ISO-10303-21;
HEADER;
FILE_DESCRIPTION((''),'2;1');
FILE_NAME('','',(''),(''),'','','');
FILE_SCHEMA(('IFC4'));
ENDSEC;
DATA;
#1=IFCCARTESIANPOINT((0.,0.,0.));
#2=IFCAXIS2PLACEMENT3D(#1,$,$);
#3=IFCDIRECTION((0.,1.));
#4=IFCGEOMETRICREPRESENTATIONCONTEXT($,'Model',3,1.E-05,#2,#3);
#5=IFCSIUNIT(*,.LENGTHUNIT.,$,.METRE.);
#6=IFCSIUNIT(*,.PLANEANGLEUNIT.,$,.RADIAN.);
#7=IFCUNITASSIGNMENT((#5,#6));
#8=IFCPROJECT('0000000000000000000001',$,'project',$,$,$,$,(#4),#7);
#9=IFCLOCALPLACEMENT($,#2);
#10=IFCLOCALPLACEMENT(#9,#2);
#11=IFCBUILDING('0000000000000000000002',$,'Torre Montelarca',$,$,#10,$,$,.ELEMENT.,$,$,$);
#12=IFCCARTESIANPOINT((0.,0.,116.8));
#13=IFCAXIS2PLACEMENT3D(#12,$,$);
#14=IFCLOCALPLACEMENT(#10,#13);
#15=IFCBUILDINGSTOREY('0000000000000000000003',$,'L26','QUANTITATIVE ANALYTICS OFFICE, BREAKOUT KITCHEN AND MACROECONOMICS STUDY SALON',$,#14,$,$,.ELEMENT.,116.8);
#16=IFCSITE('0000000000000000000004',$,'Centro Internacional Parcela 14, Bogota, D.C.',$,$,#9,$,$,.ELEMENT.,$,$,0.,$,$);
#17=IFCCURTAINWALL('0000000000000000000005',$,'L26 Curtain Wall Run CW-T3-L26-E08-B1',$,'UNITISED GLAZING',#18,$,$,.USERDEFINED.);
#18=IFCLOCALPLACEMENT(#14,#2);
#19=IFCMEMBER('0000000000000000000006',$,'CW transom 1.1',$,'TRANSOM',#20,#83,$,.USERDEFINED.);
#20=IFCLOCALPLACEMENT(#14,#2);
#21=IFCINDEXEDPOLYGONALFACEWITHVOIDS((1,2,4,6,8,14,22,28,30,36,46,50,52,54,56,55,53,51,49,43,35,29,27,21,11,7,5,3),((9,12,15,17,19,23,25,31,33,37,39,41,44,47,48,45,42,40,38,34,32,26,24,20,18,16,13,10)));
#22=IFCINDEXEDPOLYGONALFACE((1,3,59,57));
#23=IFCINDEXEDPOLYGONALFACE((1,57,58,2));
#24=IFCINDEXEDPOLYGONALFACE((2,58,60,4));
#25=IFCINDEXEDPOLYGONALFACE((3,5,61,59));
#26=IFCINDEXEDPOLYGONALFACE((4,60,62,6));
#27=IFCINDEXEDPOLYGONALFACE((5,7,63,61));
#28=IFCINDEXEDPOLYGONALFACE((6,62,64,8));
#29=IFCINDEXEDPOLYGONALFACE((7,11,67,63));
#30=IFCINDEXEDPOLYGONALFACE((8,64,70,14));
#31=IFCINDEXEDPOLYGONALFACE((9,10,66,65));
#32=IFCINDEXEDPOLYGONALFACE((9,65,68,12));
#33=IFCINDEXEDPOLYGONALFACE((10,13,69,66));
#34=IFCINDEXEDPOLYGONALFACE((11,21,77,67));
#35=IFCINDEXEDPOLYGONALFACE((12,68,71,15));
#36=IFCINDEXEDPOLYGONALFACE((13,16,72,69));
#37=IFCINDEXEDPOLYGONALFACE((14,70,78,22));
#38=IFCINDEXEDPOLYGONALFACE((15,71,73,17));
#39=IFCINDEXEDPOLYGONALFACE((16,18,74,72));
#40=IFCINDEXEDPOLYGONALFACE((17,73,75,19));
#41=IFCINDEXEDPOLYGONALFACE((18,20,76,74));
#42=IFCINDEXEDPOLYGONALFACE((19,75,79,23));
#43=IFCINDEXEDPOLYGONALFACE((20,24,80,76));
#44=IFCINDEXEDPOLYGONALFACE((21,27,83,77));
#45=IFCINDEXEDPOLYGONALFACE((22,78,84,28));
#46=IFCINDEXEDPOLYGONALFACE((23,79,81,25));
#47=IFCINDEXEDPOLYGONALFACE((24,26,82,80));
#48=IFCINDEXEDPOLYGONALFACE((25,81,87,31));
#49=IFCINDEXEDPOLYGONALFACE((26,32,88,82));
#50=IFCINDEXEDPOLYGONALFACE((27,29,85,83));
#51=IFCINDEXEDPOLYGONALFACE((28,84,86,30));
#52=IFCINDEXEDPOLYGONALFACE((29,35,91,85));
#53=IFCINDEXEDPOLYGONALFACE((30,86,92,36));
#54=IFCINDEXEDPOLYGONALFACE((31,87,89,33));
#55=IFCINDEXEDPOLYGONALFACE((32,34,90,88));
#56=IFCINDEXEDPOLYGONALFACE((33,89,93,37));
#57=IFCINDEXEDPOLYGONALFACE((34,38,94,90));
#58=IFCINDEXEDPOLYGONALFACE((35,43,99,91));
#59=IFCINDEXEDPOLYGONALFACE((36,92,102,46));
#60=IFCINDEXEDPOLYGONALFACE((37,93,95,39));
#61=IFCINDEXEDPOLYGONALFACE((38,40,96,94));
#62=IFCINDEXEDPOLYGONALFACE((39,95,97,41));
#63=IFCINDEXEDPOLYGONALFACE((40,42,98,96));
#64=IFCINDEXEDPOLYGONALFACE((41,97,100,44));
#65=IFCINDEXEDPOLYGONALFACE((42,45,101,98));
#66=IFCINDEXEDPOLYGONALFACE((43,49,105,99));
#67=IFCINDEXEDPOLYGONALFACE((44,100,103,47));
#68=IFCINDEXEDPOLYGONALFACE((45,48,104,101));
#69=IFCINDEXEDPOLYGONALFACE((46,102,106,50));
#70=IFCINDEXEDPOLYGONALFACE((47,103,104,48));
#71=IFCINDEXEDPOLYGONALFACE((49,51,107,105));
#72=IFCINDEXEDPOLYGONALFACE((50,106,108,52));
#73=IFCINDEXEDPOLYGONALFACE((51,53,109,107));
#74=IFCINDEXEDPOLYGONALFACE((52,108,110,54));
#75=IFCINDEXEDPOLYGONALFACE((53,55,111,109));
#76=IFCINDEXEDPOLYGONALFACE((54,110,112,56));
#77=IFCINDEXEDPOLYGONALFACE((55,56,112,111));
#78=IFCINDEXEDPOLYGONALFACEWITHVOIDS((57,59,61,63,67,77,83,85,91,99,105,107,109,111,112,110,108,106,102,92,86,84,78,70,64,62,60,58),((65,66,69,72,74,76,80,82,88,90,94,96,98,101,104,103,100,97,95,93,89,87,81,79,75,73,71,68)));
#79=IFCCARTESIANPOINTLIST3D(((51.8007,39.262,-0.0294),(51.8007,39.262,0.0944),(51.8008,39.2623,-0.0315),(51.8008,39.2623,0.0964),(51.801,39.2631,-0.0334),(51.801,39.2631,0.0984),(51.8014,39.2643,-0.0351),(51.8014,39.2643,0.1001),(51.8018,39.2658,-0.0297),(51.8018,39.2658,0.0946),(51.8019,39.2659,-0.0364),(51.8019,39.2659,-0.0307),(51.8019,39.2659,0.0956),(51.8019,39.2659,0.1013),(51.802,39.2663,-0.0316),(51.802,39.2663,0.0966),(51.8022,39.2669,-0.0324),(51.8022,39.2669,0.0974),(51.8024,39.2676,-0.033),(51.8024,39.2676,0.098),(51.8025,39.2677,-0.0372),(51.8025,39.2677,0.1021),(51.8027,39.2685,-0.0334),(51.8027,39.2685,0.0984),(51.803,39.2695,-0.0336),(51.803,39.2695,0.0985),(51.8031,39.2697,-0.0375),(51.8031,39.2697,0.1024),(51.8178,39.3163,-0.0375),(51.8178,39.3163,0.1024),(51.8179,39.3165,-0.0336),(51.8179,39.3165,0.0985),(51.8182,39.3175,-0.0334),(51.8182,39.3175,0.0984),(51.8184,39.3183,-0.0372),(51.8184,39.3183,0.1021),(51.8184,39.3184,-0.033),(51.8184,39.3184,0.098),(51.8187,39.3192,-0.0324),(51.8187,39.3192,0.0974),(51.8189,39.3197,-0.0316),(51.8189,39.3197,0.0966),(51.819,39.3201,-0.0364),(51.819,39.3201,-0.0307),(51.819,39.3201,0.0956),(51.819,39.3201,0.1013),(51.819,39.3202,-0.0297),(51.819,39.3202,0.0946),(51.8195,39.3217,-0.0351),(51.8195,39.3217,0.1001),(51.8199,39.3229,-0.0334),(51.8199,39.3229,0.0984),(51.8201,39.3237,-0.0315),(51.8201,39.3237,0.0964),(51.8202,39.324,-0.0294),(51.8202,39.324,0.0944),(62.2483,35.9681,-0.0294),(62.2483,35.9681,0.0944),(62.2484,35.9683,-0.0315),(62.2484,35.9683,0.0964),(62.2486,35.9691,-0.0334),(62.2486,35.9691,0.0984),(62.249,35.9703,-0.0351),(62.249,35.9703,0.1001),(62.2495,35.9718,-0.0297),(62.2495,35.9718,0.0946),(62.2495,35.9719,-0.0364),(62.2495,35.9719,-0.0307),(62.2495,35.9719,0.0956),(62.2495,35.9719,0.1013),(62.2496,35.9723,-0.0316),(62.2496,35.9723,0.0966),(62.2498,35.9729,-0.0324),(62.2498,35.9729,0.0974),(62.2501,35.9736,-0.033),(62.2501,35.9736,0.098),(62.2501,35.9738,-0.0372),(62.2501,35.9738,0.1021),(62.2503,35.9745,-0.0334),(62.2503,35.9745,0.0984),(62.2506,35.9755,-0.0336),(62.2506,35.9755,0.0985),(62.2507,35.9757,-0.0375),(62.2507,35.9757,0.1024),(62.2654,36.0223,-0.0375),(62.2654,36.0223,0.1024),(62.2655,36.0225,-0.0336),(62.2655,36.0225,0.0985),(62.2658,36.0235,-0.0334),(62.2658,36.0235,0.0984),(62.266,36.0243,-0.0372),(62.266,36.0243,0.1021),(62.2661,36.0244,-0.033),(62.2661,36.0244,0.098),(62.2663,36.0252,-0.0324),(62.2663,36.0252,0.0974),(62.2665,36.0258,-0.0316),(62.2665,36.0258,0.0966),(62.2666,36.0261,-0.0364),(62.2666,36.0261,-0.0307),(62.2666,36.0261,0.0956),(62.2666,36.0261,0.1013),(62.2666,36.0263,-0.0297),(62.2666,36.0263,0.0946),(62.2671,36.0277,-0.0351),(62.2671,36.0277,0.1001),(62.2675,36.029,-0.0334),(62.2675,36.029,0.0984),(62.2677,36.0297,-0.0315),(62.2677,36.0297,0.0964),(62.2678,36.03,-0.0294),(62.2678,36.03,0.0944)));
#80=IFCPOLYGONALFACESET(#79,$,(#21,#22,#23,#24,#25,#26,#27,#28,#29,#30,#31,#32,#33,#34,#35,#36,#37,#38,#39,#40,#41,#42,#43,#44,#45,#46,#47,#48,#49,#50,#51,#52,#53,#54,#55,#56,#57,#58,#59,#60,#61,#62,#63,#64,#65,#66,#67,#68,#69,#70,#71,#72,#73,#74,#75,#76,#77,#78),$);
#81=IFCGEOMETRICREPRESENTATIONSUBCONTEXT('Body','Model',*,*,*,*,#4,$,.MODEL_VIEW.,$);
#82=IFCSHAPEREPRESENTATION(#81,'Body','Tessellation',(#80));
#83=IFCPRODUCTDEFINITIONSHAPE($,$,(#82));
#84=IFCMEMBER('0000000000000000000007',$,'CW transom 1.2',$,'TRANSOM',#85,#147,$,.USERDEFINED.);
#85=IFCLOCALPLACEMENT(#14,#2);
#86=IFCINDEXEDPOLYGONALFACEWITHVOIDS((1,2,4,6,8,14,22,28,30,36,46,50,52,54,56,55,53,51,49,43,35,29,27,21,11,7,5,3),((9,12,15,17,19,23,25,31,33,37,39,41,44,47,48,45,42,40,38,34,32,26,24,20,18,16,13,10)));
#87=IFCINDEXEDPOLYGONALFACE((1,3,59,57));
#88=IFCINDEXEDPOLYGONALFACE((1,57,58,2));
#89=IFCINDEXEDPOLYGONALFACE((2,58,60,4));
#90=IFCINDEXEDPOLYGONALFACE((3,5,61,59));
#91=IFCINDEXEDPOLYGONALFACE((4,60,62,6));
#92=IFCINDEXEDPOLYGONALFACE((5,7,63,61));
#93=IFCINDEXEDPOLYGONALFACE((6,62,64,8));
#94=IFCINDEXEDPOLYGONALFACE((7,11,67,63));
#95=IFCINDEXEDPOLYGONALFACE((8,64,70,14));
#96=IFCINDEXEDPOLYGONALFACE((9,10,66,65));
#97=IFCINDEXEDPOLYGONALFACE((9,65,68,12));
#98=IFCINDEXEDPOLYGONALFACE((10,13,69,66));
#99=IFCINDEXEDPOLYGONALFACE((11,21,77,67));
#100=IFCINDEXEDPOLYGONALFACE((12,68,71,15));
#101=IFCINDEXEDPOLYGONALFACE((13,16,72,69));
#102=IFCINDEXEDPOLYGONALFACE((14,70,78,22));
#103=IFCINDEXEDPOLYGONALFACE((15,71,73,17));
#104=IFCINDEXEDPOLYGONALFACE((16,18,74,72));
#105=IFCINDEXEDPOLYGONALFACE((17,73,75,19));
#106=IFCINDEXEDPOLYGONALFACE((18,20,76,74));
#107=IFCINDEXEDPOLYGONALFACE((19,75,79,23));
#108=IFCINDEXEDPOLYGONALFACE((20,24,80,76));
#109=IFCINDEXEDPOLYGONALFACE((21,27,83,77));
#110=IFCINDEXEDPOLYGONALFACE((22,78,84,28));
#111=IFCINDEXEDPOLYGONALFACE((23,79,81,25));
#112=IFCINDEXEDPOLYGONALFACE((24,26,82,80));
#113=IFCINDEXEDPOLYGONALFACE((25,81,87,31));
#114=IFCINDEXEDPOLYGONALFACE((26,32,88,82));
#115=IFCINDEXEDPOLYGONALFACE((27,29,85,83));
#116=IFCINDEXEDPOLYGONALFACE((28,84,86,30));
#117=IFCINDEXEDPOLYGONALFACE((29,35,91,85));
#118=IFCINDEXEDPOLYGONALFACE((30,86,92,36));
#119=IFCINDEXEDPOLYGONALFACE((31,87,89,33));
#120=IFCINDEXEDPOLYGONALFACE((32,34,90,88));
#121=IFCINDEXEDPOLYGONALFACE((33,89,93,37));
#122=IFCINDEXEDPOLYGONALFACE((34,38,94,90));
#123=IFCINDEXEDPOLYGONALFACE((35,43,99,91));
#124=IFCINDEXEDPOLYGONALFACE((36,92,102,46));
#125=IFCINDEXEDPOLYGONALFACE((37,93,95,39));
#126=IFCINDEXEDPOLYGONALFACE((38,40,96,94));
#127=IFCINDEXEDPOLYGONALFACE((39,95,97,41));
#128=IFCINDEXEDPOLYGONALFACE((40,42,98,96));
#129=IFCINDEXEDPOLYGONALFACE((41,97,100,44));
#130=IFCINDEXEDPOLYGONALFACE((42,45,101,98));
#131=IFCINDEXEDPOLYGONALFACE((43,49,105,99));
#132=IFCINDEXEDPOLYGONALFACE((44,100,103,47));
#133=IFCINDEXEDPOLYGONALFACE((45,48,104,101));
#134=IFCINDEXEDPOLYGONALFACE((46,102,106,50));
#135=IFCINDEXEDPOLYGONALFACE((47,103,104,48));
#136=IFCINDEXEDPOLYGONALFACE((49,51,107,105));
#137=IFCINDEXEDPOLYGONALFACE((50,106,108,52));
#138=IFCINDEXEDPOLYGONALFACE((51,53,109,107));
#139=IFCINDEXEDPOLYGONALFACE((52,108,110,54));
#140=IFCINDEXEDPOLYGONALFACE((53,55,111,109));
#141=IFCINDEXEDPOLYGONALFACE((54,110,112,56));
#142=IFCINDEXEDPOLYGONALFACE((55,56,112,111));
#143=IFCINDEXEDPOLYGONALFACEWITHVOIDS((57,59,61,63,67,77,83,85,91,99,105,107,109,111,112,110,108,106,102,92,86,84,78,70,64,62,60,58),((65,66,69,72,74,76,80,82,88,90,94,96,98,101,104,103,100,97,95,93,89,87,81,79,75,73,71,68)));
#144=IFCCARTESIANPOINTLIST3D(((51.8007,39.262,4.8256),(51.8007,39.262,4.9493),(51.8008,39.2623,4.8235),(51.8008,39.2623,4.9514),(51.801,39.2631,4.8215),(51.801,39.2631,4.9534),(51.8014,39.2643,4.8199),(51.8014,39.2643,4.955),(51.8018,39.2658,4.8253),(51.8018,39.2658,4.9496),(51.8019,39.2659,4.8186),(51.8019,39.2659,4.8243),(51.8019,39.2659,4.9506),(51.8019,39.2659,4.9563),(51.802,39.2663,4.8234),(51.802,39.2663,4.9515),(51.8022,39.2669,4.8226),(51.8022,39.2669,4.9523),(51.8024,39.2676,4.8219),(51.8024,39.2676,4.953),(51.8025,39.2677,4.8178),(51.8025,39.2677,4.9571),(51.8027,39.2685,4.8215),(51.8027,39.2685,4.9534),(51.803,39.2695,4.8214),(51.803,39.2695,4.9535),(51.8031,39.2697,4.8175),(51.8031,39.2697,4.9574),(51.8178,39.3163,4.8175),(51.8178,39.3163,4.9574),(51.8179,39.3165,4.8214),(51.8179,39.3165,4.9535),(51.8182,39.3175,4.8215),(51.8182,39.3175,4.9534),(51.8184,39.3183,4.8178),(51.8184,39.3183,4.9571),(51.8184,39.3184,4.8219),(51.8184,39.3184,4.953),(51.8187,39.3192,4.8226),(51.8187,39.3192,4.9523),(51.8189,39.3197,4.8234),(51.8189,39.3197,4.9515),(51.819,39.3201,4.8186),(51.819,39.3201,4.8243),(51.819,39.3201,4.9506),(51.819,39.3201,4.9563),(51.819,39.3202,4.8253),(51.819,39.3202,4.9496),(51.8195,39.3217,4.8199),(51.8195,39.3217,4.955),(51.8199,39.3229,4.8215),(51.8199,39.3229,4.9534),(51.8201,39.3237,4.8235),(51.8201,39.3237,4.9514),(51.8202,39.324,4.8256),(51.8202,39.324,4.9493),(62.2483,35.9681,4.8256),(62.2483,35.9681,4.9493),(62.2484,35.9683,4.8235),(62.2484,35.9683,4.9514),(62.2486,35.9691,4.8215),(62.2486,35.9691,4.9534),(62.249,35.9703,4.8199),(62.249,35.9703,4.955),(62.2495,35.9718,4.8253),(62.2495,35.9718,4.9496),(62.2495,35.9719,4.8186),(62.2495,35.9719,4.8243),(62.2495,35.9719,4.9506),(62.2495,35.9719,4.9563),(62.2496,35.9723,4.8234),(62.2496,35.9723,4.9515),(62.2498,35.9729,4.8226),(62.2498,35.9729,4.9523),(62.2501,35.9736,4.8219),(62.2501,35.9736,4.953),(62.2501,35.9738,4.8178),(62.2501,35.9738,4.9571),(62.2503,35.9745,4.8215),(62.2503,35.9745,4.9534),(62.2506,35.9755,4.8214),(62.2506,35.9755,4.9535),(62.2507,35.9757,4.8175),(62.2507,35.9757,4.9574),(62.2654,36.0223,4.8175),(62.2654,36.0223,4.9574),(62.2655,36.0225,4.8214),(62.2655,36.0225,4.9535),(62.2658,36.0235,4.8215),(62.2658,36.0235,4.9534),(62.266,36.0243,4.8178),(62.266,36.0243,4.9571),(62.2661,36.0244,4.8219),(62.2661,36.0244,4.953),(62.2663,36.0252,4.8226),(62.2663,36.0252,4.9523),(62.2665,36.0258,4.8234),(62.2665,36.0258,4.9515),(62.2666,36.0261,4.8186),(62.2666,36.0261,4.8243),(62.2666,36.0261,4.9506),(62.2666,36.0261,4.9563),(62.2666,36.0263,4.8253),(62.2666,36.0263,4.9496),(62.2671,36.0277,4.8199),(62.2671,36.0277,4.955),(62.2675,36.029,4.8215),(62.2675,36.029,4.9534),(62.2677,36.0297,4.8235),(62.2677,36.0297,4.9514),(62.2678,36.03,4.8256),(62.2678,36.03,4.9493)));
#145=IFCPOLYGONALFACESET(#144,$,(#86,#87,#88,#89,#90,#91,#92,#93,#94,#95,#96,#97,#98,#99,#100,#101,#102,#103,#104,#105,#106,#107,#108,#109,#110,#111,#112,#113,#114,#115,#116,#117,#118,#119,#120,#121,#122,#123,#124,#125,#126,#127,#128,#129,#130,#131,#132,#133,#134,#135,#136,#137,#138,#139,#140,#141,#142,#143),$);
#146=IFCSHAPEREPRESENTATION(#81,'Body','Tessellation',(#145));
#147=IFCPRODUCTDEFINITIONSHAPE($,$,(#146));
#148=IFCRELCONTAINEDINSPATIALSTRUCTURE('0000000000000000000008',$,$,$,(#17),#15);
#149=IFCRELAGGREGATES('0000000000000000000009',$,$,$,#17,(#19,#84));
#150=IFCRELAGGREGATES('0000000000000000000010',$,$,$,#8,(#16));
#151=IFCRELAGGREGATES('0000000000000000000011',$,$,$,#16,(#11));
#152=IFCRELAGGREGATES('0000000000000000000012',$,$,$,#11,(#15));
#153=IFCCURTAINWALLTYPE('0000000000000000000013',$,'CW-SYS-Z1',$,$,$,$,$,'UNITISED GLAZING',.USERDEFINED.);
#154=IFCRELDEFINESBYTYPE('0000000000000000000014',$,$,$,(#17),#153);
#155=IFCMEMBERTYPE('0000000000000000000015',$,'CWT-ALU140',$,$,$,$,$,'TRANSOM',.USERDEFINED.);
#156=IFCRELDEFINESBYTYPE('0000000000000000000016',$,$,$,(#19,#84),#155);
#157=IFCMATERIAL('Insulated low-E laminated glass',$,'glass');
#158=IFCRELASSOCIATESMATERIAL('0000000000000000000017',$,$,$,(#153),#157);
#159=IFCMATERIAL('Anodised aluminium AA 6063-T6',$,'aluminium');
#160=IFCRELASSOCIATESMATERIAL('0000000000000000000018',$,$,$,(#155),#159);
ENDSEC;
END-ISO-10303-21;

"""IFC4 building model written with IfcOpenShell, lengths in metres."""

from ifc_helpers import new_model, si_unit, direction, frame, origin, origin_2d, place, context, subcontext, project, spatial, hollow_rectangle, extrude, source, transform, mapped, material, material_profile, profile_set, type_object, element, aggregate, save


model = new_model("IFC4")

# Units and contexts
model_context = context("Model", 3, precision=1e-05, world=origin(), true_north=direction((0.0, 1.0)))
body_context = subcontext(model_context, "Body", "Model", "MODEL_VIEW")
ifc_project = project(units=[si_unit("LENGTHUNIT", "METRE"), si_unit("PLANEANGLEUNIT", "RADIAN")], contexts=[model_context])

# Site, building, storey
site_placement = place(None, origin())
site = spatial("IfcSite", under=ifc_project, at=site_placement, Name="Centro Internacional Parcela 14, Bogota, D.C.", CompositionType="ELEMENT", RefElevation=0.0)
building_placement = place(site_placement, origin())
building = spatial("IfcBuilding", under=site, at=building_placement, Name="Torre Montelarca", CompositionType="ELEMENT")
storey_placement = place(building_placement, frame((0.0, 0.0, 116.8)))
storey = spatial("IfcBuildingStorey", under=building, at=storey_placement, Name="L26", Description="QUANTITATIVE ANALYTICS OFFICE, BREAKOUT KITCHEN AND MACROECONOMICS STUDY SALON", CompositionType="ELEMENT", Elevation=116.8)

# Curtain wall, members
ifc_material_1 = material(Name="Insulated low-E laminated glass", Category="glass")
curtain_wall_type = type_object("IfcCurtainWallType", Name="CW-SYS-Z1", ElementType="UNITISED GLAZING", PredefinedType="USERDEFINED", material=ifc_material_1)
ifc_material_2 = material(Name="Anodised aluminium AA 6063-T6", Category="aluminium")
ifc_material_profile_1 = material_profile(ifc_material_2, hollow_rectangle(XDim=0.0649, YDim=0.1399, WallThickness=0.0039, InnerFilletRadius=0.0039, OuterFilletRadius=0.0081, at=origin_2d()), Name="ALU65X140X4", Category="aluminium")
ifc_profile_set_1 = profile_set([ifc_material_profile_1], Name="Anodised aluminium AA 6063-T6")
member_type_1 = type_object("IfcMemberType", Name="CWT-ALU140", ElementType="TRANSOM", PredefinedType="USERDEFINED", material=ifc_profile_set_1)
curtain_wall_1_placement = place(storey_placement, origin())
curtain_wall_1 = element("IfcCurtainWall", 1, at=curtain_wall_1_placement, inside=storey, type_object=curtain_wall_type, Name="L26 Curtain Wall Run CW-T3-L26-E08-B1", ObjectType="UNITISED GLAZING", PredefinedType="USERDEFINED")
shared_shape_1 = source(origin(), body_context, "Body", "SweptSolid", [
    extrude(hollow_rectangle(XDim=0.0649, YDim=0.1399, WallThickness=0.0039, InnerFilletRadius=0.0039, OuterFilletRadius=0.0081, at=origin_2d()), origin(), (0.0, 0.0, 1.0), 10.9546),
])
member_1_placement = place(storey_placement, frame((62.2581, 35.999, 0.0325), z_axis=(-0.953721, 0.300694, 0.0), x_axis=(-0.300694, -0.953721, 0.0)))
member_1 = element("IfcMember", 2, at=member_1_placement, type_object=member_type_1, Name="CW transom 1.1", ObjectType="TRANSOM", PredefinedType="USERDEFINED", context=body_context, shape_type="MappedRepresentation", body=[
    mapped(shared_shape_1, transform((0.0, 0.0, 0.0), scale=1.0)),
])
member_2_placement = place(storey_placement, frame((62.2581, 35.999, 4.8875), z_axis=(-0.953721, 0.300694, 0.0), x_axis=(-0.300694, -0.953721, 0.0)))
member_2 = element("IfcMember", 3, at=member_2_placement, type_object=member_type_1, Name="CW transom 1.2", ObjectType="TRANSOM", PredefinedType="USERDEFINED", context=body_context, shape_type="MappedRepresentation", body=[
    mapped(shared_shape_1, transform((0.0, 0.0, 0.0), scale=1.0)),
])

aggregate(curtain_wall_1, [member_1, member_2])

save(model, "model.ifc")
